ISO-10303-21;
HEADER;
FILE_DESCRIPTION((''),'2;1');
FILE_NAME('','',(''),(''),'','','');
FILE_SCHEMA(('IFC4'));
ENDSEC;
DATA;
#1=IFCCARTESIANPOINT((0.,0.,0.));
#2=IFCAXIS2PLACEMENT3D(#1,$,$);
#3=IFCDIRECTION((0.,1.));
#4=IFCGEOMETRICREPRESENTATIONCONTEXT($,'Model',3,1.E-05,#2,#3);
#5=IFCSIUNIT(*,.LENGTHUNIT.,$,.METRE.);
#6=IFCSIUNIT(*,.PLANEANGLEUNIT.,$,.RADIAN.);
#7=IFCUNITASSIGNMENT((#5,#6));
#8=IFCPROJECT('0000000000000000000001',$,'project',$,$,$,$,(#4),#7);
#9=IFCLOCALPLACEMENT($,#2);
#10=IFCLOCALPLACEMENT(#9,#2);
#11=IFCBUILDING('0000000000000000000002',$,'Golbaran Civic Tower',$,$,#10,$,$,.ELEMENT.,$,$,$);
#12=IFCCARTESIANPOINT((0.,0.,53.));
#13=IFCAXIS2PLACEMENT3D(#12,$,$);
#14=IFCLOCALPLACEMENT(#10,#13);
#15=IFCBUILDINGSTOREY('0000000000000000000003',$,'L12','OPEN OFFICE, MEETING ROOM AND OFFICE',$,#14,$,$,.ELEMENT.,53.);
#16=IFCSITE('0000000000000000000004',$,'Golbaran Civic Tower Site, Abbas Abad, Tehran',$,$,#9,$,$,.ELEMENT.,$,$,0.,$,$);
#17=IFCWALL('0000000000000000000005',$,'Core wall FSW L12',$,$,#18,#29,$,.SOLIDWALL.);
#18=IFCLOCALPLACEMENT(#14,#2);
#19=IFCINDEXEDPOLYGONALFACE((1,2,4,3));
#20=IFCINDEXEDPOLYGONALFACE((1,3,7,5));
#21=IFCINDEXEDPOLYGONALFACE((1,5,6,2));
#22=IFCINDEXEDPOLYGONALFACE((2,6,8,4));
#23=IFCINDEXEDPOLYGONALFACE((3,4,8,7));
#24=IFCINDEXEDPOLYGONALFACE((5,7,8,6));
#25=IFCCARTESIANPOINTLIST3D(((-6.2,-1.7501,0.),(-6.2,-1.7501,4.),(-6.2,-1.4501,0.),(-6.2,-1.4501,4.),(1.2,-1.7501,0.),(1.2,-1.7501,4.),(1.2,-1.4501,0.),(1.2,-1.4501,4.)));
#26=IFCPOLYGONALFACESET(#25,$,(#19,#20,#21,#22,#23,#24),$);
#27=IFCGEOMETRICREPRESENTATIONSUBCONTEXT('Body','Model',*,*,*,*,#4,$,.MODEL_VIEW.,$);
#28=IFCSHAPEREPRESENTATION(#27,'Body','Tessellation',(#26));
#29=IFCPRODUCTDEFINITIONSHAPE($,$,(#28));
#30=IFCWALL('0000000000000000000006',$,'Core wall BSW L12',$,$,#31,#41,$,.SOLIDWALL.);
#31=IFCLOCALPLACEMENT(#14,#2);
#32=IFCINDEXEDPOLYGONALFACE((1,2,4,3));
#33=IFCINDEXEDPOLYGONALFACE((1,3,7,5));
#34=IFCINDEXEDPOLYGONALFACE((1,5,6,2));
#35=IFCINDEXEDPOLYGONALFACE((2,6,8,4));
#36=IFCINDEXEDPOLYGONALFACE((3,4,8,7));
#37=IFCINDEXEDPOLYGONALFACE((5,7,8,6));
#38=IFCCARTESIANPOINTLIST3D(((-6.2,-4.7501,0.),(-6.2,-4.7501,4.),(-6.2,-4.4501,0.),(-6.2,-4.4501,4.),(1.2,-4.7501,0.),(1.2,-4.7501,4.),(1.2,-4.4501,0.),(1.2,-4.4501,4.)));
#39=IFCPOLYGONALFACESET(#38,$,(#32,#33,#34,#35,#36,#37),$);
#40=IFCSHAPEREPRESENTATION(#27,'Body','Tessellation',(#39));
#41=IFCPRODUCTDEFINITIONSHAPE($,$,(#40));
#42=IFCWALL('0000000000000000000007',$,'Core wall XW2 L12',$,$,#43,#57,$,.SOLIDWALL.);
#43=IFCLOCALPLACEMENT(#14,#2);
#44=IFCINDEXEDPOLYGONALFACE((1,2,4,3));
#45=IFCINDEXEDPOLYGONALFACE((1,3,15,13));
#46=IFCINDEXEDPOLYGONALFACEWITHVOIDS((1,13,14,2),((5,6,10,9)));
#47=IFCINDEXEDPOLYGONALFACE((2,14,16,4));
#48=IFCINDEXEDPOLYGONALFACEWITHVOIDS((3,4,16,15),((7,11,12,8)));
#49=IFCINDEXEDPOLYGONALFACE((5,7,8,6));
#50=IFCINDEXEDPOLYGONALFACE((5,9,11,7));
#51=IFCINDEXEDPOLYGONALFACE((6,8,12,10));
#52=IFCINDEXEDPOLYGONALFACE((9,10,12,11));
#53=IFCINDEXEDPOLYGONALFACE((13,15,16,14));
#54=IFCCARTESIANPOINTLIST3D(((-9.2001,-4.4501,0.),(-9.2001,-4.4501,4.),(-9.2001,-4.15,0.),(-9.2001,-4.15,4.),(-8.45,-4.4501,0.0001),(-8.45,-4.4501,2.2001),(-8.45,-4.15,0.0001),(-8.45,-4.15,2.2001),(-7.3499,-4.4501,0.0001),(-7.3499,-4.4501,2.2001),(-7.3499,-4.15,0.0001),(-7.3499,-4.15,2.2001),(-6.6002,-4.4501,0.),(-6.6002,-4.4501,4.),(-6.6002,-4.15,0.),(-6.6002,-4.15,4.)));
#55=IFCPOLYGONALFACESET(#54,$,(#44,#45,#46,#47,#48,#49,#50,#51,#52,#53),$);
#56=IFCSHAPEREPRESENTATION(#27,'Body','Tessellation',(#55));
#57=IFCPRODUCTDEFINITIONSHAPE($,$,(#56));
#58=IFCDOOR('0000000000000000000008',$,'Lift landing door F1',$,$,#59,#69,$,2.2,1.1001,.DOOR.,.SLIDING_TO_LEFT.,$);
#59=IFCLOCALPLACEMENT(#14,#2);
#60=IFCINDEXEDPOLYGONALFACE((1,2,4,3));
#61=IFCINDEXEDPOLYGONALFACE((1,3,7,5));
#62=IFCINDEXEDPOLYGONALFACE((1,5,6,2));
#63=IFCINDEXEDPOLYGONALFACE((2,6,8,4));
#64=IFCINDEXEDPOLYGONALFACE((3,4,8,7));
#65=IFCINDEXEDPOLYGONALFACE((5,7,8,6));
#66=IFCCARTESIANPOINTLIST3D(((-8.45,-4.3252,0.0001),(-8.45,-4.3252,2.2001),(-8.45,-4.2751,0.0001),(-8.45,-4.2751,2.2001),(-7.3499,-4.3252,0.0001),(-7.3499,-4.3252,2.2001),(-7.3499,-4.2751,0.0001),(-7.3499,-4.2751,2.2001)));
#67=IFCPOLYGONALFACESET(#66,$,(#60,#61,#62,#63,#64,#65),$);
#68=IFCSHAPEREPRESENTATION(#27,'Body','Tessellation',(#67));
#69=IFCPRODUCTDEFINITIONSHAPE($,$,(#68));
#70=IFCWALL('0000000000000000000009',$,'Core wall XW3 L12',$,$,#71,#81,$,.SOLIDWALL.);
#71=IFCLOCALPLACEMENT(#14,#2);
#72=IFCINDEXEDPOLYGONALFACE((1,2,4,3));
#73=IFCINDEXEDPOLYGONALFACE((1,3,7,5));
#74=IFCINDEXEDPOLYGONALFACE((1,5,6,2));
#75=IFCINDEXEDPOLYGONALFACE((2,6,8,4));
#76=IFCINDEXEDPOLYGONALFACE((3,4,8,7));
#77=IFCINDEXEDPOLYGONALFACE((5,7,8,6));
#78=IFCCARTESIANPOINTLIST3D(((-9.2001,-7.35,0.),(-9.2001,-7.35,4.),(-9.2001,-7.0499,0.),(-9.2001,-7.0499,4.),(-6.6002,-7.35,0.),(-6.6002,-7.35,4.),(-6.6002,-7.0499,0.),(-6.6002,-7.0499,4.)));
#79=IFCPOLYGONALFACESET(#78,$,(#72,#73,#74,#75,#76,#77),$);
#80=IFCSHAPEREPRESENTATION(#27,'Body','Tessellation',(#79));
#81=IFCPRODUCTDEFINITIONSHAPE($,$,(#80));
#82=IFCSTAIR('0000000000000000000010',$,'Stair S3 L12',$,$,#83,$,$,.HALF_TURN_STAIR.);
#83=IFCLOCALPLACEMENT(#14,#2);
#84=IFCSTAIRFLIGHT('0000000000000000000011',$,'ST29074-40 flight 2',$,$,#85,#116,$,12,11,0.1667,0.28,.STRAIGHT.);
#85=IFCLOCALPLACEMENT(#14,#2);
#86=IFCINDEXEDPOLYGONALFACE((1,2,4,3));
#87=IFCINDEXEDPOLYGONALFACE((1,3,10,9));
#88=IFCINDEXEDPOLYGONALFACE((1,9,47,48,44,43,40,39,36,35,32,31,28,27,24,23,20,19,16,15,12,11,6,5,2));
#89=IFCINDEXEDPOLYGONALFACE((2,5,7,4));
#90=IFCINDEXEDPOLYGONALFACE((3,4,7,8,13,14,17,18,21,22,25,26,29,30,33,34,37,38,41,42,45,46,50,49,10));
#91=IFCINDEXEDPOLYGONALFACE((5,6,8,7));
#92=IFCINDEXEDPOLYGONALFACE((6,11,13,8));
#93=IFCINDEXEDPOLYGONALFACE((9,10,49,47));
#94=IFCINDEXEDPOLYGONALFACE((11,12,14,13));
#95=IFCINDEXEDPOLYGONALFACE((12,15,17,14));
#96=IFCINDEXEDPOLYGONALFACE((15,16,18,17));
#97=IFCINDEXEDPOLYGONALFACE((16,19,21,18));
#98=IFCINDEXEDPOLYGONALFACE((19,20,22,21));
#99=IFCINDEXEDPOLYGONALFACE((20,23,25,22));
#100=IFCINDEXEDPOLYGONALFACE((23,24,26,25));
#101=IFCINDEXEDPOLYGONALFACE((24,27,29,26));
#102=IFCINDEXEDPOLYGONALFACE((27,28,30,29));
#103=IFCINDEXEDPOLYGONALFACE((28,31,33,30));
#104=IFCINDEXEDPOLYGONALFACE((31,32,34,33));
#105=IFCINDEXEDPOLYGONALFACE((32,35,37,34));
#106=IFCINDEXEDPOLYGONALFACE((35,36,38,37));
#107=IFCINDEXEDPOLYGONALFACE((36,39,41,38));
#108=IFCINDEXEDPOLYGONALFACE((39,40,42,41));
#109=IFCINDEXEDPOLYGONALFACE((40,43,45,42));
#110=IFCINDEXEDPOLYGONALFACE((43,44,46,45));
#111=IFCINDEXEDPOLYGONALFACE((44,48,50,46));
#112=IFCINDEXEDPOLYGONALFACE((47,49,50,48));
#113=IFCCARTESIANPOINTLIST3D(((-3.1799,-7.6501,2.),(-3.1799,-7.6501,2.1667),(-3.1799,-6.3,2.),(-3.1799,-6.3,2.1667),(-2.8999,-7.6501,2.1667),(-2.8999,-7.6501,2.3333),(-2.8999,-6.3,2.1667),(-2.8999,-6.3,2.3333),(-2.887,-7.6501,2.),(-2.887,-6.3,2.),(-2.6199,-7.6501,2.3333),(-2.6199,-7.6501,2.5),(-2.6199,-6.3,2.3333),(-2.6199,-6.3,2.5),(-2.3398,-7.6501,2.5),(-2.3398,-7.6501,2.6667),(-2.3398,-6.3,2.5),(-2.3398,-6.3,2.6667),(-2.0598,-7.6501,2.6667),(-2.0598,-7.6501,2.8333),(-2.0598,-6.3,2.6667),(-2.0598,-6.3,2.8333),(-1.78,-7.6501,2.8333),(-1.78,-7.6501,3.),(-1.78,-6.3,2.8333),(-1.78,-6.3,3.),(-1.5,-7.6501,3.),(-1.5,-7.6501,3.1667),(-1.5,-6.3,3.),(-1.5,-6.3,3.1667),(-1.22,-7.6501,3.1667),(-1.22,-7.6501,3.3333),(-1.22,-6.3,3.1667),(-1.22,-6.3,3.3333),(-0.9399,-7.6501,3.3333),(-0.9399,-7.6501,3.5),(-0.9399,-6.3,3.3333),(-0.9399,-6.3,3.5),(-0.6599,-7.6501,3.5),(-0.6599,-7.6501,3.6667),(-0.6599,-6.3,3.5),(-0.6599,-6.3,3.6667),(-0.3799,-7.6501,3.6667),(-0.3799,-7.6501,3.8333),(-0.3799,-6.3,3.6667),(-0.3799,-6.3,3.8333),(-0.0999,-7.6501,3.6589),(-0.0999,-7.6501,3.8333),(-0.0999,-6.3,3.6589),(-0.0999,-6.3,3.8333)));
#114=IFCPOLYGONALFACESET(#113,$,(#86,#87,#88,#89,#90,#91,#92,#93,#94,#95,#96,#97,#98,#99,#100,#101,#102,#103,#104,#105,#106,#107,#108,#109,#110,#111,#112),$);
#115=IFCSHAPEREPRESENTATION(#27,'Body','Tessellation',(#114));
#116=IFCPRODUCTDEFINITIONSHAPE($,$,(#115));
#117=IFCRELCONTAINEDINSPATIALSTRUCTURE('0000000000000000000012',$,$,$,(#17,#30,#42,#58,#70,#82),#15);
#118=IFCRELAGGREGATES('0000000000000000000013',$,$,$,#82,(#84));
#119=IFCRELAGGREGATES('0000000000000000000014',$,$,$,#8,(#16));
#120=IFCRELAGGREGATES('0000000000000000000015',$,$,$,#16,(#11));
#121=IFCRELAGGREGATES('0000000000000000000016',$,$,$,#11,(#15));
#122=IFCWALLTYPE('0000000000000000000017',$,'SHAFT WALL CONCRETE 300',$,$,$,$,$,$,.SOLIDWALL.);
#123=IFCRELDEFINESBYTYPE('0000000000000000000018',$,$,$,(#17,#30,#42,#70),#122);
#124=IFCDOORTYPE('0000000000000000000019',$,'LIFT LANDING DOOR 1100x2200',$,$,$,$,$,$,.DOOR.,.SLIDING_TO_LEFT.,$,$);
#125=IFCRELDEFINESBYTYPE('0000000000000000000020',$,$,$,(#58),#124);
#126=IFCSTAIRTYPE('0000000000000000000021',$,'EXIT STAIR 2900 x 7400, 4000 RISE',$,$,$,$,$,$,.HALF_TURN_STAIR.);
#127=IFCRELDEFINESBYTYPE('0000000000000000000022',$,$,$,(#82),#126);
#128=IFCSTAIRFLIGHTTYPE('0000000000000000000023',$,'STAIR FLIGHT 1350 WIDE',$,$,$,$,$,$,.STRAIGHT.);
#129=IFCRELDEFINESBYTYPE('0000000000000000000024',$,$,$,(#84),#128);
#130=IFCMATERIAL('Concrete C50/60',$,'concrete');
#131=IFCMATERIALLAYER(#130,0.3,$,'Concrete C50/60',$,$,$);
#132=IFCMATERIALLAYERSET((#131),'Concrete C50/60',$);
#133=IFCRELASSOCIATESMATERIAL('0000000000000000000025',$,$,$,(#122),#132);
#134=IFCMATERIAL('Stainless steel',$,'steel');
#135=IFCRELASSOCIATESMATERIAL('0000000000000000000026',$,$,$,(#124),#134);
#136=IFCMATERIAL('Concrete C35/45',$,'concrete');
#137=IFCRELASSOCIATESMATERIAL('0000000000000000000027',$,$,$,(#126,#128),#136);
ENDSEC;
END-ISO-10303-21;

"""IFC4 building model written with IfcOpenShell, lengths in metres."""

from ifc_helpers import new_model, si_unit, direction, frame, frame_2d, origin, place, context, subcontext, project, spatial, polyline, rectangle, outline, extrude, material, layer, layer_set, type_object, element, fill, aggregate, save


model = new_model("IFC4")

# Units and contexts
model_context = context("Model", 3, precision=1e-05, world=origin(), true_north=direction((0.0, 1.0)))
body_context = subcontext(model_context, "Body", "Model", "MODEL_VIEW")
ifc_project = project(units=[si_unit("LENGTHUNIT", "METRE"), si_unit("PLANEANGLEUNIT", "RADIAN")], contexts=[model_context])

# Site, building, storey
site_placement = place(None, origin())
site = spatial("IfcSite", under=ifc_project, at=site_placement, Name="Golbaran Civic Tower Site, Abbas Abad, Tehran", CompositionType="ELEMENT", RefElevation=0.0)
building_placement = place(site_placement, origin())
building = spatial("IfcBuilding", under=site, at=building_placement, Name="Golbaran Civic Tower", CompositionType="ELEMENT")
storey_placement = place(building_placement, frame((0.0, 0.0, 53.0)))
storey = spatial("IfcBuildingStorey", under=building, at=storey_placement, Name="L12", Description="OPEN OFFICE, MEETING ROOM AND OFFICE", CompositionType="ELEMENT", Elevation=53.0)

# Walls
ifc_material_1 = material(Name="Concrete C50/60", Category="concrete")
ifc_layer_1 = layer(ifc_material_1, 0.3, Name="Concrete C50/60")
ifc_layer_set_1 = layer_set([ifc_layer_1], Name="Concrete C50/60")
wall_type_1 = type_object("IfcWallType", Name="SHAFT WALL CONCRETE 300", PredefinedType="SOLIDWALL", material=ifc_layer_set_1)
for number, where, z_axis, x_axis, name in (
    (1, (-6.2, -1.6001, 0.0), (0.0, 0.0, 1.0), (1.0, 0.0, 0.0), "Core wall FSW L12"),
    (2, (-6.2, -4.6001, 0.0), (0.0, 0.0, 1.0), (1.0, 0.0, 0.0), "Core wall BSW L12"),
):
    element("IfcWall", number, at=place(storey_placement, frame(where, z_axis=z_axis, x_axis=x_axis)), inside=storey, type_object=wall_type_1, Name=name, PredefinedType="SOLIDWALL", context=body_context, shape_type="SweptSolid", body=[
        extrude(rectangle(XDim=7.3999, YDim=0.3, at=frame_2d((3.7, 0.0))), origin(), (0.0, 0.0, 1.0), 4.0),
    ])

# Wall, opening, door
wall_1_placement = place(storey_placement, frame((-9.2, -4.3, 0.0), z_axis=(0.0, 0.0, 1.0), x_axis=(1.0, 0.0, 0.0)))
wall_1 = element("IfcWall", 3, at=wall_1_placement, inside=storey, type_object=wall_type_1, Name="Core wall XW2 L12", PredefinedType="SOLIDWALL", context=body_context, shape_type="SweptSolid", body=[
    extrude(rectangle(XDim=2.5999, YDim=0.3, at=frame_2d((1.2998, 0.0))), origin(), (0.0, 0.0, 1.0), 4.0),
])
opening_1_placement = place(wall_1_placement, frame((0.75, 0.0, 0.0)))
opening_1 = element("IfcOpeningElement", 4, at=opening_1_placement, cuts=wall_1, PredefinedType="OPENING", context=body_context, shape_type="SweptSolid", body=[
    extrude(rectangle(XDim=1.1001, YDim=2.2, at=frame_2d((0.55, 1.1001))), frame((0.0, 0.1599, 0.0), z_axis=(0.0, -1.0, 0.0), x_axis=(1.0, 0.0, 0.0)), (0.0, 0.0, 1.0), 0.3201),
])
ifc_material_2 = material(Name="Stainless steel", Category="steel")
door_type_1 = type_object("IfcDoorType", Name="LIFT LANDING DOOR 1100x2200", OperationType="SLIDING_TO_LEFT", PredefinedType="DOOR", material=ifc_material_2)
door_1_placement = place(opening_1_placement, origin())
door_1 = element("IfcDoor", 5, at=door_1_placement, inside=storey, type_object=door_type_1, Name="Lift landing door F1", OperationType="SLIDING_TO_LEFT", OverallHeight=2.2, OverallWidth=1.1001, PredefinedType="DOOR", context=body_context, shape_type="SweptSolid", body=[
    extrude(rectangle(XDim=1.1001, YDim=2.2, at=frame_2d((0.55, 1.1001))), frame((0.0, 0.0249, 0.0), z_axis=(0.0, -1.0, 0.0), x_axis=(1.0, 0.0, 0.0)), (0.0, 0.0, 1.0), 0.05),
])
fill(opening_1, door_1)

# Wall
wall_2_placement = place(storey_placement, frame((-9.2, -7.2, 0.0), z_axis=(0.0, 0.0, 1.0), x_axis=(1.0, 0.0, 0.0)))
element("IfcWall", 6, at=wall_2_placement, inside=storey, type_object=wall_type_1, Name="Core wall XW3 L12", PredefinedType="SOLIDWALL", context=body_context, shape_type="SweptSolid", body=[
    extrude(rectangle(XDim=2.5999, YDim=0.3, at=frame_2d((1.2998, 0.0))), origin(), (0.0, 0.0, 1.0), 4.0),
])

# Stair, stair flight
ifc_material_3 = material(Name="Concrete C35/45", Category="concrete")
stair_type = type_object("IfcStairType", Name="EXIT STAIR 2900 x 7400, 4000 RISE", PredefinedType="HALF_TURN_STAIR", material=ifc_material_3)
stair_placement = place(storey_placement, origin())
stair = element("IfcStair", 7, at=stair_placement, inside=storey, type_object=stair_type, Name="Stair S3 L12", PredefinedType="HALF_TURN_STAIR")
stair_flight_type = type_object("IfcStairFlightType", Name="STAIR FLIGHT 1350 WIDE", PredefinedType="STRAIGHT", material=ifc_material_3)
stair_flight_placement = place(storey_placement, frame((-3.1799, -6.9751, 2.0), z_axis=(0.0, 0.0, 1.0), x_axis=(1.0, 0.0, 0.0)))
stair_flight = element("IfcStairFlight", 8, at=stair_flight_placement, type_object=stair_flight_type, Name="ST29074-40 flight 2", NumberOfRisers=12, NumberOfTreads=11, PredefinedType="STRAIGHT", RiserHeight=0.1667, TreadLength=0.28, context=body_context, shape_type="SweptSolid", body=[
    extrude(outline(polyline([(0.0, 0.0), (0.0, 0.1667), (0.28, 0.1667), (0.28, 0.3333), (0.5601, 0.3333), (0.5601, 0.5), (0.8401, 0.5), (0.8401, 0.6667), (1.1201, 0.6667), (1.1201, 0.8333), (1.3999, 0.8333), (1.3999, 1.0), (1.6799, 1.0), (1.6799, 1.1667), (1.96, 1.1667), (1.96, 1.3333), (2.24, 1.3333), (2.24, 1.5), (2.52, 1.5), (2.52, 1.6667), (2.8, 1.6667), (2.8, 1.8333), (3.0801, 1.8333), (3.0801, 2.0), (3.0801, 1.6589), (0.293, 0.0), (0.0, 0.0)])), frame((0.0, 0.675, 0.0), z_axis=(0.0, -1.0, 0.0), x_axis=(1.0, 0.0, 0.0)), (0.0, 0.0, 1.0), 1.3501),
])
aggregate(stair, [stair_flight])

save(model, "model.ifc")
